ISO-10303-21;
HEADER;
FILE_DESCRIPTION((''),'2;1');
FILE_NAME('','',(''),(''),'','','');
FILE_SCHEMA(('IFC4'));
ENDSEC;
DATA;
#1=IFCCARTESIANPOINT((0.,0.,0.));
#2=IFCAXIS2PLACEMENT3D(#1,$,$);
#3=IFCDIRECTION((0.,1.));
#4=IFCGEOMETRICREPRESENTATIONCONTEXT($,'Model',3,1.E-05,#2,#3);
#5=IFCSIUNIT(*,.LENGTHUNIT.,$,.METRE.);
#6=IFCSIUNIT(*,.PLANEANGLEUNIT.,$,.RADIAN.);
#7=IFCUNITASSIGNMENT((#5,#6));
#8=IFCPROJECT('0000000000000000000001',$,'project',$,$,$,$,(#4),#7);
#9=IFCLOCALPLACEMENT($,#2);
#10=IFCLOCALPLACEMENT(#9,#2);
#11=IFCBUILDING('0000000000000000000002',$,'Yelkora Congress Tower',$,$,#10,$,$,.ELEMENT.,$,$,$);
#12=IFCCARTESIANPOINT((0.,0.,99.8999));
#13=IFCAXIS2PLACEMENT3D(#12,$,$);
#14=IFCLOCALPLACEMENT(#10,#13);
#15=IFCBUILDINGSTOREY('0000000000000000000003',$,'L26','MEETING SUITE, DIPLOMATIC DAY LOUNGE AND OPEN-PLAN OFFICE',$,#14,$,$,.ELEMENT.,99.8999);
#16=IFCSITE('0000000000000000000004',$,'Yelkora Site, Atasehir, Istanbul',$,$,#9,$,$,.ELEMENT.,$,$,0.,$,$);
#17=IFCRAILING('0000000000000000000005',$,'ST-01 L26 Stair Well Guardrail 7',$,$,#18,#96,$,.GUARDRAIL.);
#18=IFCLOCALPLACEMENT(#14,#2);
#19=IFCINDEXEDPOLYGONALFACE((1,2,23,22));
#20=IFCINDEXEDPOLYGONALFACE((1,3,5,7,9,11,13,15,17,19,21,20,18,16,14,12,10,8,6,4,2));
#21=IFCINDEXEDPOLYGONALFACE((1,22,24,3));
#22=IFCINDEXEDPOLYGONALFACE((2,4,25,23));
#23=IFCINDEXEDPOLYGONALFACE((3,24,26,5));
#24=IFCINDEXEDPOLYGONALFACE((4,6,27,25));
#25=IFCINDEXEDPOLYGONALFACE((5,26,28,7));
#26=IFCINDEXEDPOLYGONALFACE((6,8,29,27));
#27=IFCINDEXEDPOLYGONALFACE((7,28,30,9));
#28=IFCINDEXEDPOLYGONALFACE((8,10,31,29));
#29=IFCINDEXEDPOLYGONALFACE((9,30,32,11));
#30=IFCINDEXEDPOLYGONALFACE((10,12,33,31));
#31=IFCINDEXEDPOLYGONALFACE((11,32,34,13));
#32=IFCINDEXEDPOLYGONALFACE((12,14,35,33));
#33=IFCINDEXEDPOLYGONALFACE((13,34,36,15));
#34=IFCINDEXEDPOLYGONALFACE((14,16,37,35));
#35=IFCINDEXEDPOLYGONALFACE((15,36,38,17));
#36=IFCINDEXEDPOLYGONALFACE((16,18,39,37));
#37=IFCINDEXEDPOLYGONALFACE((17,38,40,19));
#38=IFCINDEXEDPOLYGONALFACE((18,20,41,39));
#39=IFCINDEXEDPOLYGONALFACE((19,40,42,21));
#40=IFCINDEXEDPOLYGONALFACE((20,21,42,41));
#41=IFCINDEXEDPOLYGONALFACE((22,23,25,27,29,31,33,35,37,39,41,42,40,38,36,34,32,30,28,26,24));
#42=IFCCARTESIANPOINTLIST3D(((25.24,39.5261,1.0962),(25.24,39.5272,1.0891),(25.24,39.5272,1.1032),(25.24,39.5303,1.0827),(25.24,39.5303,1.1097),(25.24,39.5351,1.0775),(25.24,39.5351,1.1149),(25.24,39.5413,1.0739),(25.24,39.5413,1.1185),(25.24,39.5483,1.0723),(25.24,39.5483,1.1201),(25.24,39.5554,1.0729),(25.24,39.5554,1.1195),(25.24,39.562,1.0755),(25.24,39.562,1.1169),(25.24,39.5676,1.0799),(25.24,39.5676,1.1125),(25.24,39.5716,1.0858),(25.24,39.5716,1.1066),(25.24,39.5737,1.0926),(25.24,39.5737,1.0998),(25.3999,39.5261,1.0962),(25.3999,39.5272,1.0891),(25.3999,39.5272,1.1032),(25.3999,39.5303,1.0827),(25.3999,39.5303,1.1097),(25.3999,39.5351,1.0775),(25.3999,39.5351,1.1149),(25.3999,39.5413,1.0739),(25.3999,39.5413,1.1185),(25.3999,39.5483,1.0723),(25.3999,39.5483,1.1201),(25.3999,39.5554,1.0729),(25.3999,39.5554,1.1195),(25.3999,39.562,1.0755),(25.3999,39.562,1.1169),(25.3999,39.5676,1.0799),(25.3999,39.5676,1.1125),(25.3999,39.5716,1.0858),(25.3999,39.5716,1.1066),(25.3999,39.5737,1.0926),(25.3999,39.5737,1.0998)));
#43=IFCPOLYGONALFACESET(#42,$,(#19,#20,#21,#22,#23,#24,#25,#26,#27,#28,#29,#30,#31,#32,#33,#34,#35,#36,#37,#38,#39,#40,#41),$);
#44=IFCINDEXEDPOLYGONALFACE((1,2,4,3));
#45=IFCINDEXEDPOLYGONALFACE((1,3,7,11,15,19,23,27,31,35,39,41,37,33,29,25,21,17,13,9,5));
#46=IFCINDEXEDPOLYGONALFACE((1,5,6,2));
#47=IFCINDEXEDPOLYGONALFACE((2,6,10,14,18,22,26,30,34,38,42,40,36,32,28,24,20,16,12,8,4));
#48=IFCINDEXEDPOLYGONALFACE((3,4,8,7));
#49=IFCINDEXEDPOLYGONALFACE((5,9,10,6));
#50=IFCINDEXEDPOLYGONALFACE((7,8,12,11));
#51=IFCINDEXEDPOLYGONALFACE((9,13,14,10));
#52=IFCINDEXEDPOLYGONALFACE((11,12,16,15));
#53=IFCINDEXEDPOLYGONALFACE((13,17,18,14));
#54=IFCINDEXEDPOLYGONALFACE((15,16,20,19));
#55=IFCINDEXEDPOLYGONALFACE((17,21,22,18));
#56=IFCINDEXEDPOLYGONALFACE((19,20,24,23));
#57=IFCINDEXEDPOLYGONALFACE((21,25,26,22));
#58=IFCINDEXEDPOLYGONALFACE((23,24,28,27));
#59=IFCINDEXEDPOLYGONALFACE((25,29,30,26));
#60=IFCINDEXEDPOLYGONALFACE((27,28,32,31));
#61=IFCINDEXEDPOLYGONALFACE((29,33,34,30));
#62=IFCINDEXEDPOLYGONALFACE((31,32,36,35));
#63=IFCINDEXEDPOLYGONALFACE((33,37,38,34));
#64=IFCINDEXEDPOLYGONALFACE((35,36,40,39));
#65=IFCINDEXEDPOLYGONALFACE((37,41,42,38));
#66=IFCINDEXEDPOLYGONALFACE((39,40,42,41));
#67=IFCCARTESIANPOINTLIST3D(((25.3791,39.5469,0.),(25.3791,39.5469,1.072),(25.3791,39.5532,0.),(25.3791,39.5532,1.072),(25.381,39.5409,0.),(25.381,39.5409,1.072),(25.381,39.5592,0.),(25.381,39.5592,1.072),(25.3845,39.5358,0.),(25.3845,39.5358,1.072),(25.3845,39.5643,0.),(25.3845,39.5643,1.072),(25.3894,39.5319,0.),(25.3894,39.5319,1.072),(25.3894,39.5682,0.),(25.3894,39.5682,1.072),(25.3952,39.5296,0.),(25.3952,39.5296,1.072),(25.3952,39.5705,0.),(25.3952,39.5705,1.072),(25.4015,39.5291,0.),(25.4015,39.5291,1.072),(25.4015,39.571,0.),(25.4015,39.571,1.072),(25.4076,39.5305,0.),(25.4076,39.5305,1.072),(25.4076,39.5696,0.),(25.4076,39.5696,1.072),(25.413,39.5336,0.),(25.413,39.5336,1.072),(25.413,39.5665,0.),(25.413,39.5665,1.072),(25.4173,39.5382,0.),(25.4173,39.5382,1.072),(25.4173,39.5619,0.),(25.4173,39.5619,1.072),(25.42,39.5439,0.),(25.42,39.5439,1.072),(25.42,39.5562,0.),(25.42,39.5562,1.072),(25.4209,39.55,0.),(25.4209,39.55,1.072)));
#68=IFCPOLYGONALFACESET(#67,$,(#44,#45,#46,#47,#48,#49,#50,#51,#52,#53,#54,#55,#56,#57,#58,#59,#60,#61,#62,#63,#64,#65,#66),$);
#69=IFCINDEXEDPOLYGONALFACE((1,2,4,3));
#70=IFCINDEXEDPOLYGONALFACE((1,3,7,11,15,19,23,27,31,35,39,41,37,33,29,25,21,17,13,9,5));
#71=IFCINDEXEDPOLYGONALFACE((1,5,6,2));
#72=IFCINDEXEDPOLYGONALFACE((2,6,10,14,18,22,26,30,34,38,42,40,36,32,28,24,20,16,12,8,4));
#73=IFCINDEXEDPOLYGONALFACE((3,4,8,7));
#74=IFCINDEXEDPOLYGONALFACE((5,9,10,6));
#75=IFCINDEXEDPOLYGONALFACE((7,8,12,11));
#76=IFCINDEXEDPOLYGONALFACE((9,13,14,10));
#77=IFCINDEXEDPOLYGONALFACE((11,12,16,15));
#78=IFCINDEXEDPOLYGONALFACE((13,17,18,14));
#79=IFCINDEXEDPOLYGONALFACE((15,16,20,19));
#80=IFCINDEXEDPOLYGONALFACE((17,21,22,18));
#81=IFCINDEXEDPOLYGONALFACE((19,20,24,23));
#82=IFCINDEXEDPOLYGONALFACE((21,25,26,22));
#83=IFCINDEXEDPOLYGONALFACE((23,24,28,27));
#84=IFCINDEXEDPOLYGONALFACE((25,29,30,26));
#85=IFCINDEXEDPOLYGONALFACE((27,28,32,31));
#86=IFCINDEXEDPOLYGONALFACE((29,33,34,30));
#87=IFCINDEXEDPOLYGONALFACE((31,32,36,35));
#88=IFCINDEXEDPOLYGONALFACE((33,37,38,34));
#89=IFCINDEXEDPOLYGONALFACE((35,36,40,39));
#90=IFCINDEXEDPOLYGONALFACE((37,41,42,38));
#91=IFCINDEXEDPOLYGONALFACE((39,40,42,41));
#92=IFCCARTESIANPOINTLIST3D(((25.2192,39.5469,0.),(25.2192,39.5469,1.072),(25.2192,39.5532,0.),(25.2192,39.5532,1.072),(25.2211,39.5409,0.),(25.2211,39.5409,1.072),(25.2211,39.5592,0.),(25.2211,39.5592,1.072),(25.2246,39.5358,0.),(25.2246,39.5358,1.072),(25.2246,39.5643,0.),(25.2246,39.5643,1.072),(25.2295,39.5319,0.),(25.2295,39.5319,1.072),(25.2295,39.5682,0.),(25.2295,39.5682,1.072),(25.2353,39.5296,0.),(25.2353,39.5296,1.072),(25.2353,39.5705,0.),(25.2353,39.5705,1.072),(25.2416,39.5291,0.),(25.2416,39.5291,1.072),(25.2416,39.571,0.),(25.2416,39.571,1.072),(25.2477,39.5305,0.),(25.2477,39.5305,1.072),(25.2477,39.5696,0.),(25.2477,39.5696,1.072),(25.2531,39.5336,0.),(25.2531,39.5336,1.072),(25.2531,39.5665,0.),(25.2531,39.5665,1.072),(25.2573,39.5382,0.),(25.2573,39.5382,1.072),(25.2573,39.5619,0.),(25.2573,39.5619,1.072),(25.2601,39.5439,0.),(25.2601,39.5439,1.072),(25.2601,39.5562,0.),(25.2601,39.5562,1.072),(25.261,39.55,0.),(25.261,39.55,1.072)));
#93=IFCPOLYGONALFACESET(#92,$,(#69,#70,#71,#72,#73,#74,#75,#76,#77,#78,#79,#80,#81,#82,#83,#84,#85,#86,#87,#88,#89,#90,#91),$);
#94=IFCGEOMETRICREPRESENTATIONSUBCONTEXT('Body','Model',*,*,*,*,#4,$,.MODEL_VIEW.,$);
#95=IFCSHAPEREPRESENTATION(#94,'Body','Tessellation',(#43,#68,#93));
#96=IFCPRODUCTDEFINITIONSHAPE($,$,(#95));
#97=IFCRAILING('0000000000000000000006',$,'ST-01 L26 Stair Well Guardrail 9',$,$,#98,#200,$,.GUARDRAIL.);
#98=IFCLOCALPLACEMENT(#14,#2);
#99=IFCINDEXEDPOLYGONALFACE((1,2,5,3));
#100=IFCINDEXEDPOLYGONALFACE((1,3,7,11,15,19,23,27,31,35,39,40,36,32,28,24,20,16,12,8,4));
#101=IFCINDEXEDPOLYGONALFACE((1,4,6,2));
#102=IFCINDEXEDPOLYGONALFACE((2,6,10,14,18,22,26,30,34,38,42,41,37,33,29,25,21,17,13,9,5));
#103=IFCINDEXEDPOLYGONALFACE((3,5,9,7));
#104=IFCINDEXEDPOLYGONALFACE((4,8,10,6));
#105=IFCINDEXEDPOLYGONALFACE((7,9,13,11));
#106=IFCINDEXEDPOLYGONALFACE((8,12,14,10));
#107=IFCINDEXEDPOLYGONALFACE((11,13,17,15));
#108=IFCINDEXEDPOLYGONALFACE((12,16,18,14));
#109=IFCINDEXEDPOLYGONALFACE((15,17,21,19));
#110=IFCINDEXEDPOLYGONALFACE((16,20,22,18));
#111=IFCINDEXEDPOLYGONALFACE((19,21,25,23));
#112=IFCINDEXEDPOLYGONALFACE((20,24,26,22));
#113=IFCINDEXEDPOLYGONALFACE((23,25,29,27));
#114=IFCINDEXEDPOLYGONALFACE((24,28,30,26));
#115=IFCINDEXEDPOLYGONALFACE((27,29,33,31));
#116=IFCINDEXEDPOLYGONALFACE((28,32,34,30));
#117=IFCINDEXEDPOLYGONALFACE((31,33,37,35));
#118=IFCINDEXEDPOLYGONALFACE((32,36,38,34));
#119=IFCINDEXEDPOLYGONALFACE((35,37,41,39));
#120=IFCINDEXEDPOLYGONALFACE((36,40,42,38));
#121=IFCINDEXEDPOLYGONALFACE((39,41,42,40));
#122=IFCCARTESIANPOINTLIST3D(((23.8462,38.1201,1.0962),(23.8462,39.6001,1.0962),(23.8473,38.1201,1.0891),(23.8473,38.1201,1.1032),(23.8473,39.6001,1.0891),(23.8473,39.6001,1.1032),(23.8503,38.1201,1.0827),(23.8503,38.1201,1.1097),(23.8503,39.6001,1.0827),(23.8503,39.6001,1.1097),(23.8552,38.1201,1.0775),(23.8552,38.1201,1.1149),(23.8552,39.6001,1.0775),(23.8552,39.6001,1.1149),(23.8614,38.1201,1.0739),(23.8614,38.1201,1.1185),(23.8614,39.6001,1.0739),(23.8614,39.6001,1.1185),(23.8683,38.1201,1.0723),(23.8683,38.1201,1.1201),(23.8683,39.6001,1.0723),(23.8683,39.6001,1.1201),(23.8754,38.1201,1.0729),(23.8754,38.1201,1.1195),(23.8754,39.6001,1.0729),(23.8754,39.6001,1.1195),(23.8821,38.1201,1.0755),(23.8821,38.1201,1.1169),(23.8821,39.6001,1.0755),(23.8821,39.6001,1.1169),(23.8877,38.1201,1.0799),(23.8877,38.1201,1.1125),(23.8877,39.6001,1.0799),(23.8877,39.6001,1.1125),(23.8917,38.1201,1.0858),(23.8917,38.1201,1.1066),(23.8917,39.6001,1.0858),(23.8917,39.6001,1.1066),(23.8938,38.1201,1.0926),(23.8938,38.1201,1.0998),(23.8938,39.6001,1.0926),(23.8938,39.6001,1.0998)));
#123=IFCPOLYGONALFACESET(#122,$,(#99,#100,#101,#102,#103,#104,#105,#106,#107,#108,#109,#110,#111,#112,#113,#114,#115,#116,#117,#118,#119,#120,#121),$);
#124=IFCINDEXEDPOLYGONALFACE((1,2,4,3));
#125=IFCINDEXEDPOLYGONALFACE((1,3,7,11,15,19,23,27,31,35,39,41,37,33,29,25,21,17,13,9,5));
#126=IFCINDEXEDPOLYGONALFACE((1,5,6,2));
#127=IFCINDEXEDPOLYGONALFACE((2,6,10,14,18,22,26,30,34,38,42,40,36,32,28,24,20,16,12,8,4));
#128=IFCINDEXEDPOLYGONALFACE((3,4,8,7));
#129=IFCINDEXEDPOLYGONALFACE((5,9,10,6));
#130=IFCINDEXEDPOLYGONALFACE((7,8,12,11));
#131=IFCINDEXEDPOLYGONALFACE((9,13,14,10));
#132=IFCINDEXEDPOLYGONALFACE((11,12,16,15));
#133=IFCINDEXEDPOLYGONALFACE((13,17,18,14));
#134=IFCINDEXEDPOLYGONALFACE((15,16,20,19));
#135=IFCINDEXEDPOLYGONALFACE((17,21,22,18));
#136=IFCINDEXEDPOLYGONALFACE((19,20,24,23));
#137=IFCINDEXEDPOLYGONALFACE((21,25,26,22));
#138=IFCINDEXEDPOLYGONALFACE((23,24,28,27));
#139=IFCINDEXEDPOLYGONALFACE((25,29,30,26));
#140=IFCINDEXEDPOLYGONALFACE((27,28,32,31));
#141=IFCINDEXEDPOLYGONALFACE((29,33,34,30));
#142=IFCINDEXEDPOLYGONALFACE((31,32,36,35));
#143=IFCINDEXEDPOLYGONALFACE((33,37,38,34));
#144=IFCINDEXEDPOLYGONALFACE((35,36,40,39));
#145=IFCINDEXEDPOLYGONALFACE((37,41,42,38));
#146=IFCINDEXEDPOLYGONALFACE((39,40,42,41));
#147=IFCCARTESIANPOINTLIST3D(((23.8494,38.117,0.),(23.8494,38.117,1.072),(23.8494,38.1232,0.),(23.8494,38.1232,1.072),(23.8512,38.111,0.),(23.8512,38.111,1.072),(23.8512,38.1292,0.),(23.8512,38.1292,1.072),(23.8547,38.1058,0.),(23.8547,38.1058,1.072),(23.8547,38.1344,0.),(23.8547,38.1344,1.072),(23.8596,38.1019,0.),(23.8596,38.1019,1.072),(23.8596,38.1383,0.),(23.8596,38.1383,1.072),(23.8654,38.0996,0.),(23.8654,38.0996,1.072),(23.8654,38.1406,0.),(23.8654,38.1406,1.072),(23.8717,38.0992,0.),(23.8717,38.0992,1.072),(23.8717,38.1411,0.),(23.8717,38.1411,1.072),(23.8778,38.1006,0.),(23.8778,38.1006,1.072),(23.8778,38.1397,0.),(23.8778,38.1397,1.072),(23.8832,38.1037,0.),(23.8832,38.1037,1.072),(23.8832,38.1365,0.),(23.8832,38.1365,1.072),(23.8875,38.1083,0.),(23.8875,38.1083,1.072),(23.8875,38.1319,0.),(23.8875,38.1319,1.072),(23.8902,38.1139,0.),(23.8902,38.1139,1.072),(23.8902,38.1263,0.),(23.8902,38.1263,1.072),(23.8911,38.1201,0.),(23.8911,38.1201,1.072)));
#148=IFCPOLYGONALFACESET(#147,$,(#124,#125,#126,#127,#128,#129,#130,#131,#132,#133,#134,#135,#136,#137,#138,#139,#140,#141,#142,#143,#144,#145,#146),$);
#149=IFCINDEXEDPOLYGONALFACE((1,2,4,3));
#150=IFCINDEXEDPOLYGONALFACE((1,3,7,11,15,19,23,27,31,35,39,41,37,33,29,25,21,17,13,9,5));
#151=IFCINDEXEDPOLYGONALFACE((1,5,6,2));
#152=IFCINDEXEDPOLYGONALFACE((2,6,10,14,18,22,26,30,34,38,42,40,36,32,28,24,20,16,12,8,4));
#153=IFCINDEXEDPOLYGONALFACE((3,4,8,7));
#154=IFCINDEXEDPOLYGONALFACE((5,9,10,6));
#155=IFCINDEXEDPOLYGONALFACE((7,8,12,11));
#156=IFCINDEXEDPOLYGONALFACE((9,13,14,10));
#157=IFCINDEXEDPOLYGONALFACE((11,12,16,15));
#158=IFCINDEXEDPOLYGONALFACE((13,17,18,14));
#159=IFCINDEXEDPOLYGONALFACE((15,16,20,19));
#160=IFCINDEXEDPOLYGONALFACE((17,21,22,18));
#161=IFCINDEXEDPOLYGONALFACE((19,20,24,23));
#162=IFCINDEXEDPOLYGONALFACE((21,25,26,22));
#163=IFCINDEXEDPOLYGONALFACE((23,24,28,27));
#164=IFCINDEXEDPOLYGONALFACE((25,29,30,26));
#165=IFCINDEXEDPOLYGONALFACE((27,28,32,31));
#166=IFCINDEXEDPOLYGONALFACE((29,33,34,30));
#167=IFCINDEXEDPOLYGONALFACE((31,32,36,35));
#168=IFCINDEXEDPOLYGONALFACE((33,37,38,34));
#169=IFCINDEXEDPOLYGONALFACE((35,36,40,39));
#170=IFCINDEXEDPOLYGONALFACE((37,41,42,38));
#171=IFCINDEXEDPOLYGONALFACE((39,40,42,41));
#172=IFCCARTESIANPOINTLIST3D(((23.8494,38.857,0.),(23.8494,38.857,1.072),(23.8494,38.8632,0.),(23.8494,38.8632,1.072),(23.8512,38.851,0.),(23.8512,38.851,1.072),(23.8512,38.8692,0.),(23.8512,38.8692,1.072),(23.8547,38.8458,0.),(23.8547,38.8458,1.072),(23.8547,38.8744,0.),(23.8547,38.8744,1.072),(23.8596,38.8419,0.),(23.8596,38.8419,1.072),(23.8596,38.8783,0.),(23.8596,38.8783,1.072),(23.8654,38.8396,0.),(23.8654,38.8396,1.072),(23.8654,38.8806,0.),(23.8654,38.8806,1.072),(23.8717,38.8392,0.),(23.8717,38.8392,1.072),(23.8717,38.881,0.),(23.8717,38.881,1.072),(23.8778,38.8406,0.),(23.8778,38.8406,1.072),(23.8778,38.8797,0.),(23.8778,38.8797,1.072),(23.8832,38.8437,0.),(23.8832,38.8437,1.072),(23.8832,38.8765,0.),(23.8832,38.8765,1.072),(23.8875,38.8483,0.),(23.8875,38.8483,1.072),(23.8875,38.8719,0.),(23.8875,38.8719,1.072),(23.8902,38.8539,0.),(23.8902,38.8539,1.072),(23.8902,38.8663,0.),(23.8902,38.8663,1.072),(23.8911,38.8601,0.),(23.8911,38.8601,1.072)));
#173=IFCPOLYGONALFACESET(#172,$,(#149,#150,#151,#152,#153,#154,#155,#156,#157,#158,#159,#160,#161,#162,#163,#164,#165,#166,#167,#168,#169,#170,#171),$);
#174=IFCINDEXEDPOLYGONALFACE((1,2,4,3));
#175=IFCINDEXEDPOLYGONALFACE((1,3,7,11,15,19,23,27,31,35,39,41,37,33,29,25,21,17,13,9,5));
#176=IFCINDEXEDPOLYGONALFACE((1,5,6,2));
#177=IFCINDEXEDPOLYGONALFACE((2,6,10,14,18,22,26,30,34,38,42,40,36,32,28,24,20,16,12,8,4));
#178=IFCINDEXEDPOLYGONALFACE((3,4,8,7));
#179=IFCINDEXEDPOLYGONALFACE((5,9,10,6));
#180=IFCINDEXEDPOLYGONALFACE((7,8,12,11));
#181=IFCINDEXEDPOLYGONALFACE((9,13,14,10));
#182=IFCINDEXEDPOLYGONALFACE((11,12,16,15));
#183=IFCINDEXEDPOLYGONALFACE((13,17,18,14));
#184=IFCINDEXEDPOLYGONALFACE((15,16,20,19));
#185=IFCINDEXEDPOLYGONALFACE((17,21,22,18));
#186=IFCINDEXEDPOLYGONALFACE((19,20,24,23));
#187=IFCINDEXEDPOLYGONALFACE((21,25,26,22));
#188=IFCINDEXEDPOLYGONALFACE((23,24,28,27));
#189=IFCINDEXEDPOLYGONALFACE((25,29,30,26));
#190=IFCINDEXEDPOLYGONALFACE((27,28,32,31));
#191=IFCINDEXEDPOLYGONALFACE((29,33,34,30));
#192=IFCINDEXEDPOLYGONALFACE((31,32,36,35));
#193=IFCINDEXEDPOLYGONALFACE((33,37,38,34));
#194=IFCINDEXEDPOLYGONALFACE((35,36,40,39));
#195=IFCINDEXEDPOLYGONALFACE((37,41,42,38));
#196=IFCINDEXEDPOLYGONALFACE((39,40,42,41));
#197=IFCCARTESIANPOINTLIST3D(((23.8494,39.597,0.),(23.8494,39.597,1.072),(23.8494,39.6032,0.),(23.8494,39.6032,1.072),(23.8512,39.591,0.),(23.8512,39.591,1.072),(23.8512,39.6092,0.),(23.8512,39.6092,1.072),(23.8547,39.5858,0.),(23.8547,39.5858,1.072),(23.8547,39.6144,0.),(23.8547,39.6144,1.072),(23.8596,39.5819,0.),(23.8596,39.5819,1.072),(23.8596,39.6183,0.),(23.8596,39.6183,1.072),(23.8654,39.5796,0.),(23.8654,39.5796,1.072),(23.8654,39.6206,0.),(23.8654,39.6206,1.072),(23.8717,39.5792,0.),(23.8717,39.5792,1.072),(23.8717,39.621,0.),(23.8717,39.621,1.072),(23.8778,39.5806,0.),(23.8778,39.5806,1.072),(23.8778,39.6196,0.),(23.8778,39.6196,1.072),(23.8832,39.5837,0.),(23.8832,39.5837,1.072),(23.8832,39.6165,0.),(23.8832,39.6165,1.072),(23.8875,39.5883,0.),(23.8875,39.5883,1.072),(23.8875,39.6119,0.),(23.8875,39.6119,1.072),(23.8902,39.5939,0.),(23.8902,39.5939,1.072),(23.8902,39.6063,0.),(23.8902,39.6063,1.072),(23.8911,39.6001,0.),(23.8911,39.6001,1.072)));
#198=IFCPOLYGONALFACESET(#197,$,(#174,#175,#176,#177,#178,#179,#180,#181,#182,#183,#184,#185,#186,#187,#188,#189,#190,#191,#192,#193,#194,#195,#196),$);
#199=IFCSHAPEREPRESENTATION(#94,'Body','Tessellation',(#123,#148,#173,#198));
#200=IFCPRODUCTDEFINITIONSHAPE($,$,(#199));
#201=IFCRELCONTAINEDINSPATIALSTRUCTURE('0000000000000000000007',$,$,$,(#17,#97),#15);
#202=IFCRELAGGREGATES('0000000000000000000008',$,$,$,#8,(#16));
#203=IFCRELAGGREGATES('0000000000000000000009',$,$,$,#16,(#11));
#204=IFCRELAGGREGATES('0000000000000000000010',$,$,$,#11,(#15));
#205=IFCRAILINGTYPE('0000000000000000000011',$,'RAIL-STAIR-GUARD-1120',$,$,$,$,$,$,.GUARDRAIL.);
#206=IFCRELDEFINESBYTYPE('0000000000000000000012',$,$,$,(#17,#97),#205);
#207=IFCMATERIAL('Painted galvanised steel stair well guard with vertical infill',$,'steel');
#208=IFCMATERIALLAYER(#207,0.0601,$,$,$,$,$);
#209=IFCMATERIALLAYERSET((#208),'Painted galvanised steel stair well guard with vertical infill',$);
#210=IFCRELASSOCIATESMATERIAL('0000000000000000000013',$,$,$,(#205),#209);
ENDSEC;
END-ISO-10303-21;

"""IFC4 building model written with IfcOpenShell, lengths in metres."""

from ifc_helpers import new_model, si_unit, direction, frame, origin, origin_2d, place, context, subcontext, project, spatial, circle, extrude, material, layer, layer_set, type_object, element, save


model = new_model("IFC4")

# Units and contexts
model_context = context("Model", 3, precision=1e-05, world=origin(), true_north=direction((0.0, 1.0)))
body_context = subcontext(model_context, "Body", "Model", "MODEL_VIEW")
ifc_project = project(units=[si_unit("LENGTHUNIT", "METRE"), si_unit("PLANEANGLEUNIT", "RADIAN")], contexts=[model_context])

# Site, building, storey
site_placement = place(None, origin())
site = spatial("IfcSite", under=ifc_project, at=site_placement, Name="Yelkora Site, Atasehir, Istanbul", CompositionType="ELEMENT", RefElevation=0.0)
building_placement = place(site_placement, origin())
building = spatial("IfcBuilding", under=site, at=building_placement, Name="Yelkora Congress Tower", CompositionType="ELEMENT")
storey_placement = place(building_placement, frame((0.0, 0.0, 99.8999)))
storey = spatial("IfcBuildingStorey", under=building, at=storey_placement, Name="L26", Description="MEETING SUITE, DIPLOMATIC DAY LOUNGE AND OPEN-PLAN OFFICE", CompositionType="ELEMENT", Elevation=99.8999)

# Railings
ifc_material_1 = material(Name="Painted galvanised steel stair well guard with vertical infill", Category="steel")
ifc_layer_1 = layer(ifc_material_1, 0.0601)
ifc_layer_set_1 = layer_set([ifc_layer_1], Name="Painted galvanised steel stair well guard with vertical infill")
railing_type_1 = type_object("IfcRailingType", Name="RAIL-STAIR-GUARD-1120", PredefinedType="GUARDRAIL", material=ifc_layer_set_1)
railing_1_placement = place(storey_placement, frame((25.3999, 39.55, 0.0)))
element("IfcRailing", 1, at=railing_1_placement, inside=storey, type_object=railing_type_1, Name="ST-01 L26 Stair Well Guardrail 7", PredefinedType="GUARDRAIL", context=body_context, shape_type="SweptSolid", body=[
    extrude(circle(Radius=0.0239, at=origin_2d()), frame((0.0, 0.0, 1.0962), z_axis=(-1.0, 0.0, 0.0), x_axis=(0.0, -1.0, 0.0)), (0.0, 0.0, 1.0), 0.1599),
    extrude(circle(Radius=0.021, at=origin_2d()), origin(), (0.0, 0.0, 1.0), 1.072),
    extrude(circle(Radius=0.021, at=origin_2d()), frame((-0.1599, 0.0, 0.0)), (0.0, 0.0, 1.0), 1.072),
])
railing_2_placement = place(storey_placement, frame((23.8701, 38.1201, 0.0)))
element("IfcRailing", 2, at=railing_2_placement, inside=storey, type_object=railing_type_1, Name="ST-01 L26 Stair Well Guardrail 9", PredefinedType="GUARDRAIL", context=body_context, shape_type="SweptSolid", body=[
    extrude(circle(Radius=0.0239, at=origin_2d()), frame((0.0, 0.0, 1.0962), z_axis=(0.0, 1.0, 0.0), x_axis=(-1.0, 0.0, 0.0)), (0.0, 0.0, 1.0), 1.48),
    extrude(circle(Radius=0.021, at=origin_2d()), origin(), (0.0, 0.0, 1.0), 1.072),
    extrude(circle(Radius=0.021, at=origin_2d()), frame((0.0, 0.74, 0.0)), (0.0, 0.0, 1.0), 1.072),
    extrude(circle(Radius=0.021, at=origin_2d()), frame((0.0, 1.48, 0.0)), (0.0, 0.0, 1.0), 1.072),
])

save(model, "model.ifc")
